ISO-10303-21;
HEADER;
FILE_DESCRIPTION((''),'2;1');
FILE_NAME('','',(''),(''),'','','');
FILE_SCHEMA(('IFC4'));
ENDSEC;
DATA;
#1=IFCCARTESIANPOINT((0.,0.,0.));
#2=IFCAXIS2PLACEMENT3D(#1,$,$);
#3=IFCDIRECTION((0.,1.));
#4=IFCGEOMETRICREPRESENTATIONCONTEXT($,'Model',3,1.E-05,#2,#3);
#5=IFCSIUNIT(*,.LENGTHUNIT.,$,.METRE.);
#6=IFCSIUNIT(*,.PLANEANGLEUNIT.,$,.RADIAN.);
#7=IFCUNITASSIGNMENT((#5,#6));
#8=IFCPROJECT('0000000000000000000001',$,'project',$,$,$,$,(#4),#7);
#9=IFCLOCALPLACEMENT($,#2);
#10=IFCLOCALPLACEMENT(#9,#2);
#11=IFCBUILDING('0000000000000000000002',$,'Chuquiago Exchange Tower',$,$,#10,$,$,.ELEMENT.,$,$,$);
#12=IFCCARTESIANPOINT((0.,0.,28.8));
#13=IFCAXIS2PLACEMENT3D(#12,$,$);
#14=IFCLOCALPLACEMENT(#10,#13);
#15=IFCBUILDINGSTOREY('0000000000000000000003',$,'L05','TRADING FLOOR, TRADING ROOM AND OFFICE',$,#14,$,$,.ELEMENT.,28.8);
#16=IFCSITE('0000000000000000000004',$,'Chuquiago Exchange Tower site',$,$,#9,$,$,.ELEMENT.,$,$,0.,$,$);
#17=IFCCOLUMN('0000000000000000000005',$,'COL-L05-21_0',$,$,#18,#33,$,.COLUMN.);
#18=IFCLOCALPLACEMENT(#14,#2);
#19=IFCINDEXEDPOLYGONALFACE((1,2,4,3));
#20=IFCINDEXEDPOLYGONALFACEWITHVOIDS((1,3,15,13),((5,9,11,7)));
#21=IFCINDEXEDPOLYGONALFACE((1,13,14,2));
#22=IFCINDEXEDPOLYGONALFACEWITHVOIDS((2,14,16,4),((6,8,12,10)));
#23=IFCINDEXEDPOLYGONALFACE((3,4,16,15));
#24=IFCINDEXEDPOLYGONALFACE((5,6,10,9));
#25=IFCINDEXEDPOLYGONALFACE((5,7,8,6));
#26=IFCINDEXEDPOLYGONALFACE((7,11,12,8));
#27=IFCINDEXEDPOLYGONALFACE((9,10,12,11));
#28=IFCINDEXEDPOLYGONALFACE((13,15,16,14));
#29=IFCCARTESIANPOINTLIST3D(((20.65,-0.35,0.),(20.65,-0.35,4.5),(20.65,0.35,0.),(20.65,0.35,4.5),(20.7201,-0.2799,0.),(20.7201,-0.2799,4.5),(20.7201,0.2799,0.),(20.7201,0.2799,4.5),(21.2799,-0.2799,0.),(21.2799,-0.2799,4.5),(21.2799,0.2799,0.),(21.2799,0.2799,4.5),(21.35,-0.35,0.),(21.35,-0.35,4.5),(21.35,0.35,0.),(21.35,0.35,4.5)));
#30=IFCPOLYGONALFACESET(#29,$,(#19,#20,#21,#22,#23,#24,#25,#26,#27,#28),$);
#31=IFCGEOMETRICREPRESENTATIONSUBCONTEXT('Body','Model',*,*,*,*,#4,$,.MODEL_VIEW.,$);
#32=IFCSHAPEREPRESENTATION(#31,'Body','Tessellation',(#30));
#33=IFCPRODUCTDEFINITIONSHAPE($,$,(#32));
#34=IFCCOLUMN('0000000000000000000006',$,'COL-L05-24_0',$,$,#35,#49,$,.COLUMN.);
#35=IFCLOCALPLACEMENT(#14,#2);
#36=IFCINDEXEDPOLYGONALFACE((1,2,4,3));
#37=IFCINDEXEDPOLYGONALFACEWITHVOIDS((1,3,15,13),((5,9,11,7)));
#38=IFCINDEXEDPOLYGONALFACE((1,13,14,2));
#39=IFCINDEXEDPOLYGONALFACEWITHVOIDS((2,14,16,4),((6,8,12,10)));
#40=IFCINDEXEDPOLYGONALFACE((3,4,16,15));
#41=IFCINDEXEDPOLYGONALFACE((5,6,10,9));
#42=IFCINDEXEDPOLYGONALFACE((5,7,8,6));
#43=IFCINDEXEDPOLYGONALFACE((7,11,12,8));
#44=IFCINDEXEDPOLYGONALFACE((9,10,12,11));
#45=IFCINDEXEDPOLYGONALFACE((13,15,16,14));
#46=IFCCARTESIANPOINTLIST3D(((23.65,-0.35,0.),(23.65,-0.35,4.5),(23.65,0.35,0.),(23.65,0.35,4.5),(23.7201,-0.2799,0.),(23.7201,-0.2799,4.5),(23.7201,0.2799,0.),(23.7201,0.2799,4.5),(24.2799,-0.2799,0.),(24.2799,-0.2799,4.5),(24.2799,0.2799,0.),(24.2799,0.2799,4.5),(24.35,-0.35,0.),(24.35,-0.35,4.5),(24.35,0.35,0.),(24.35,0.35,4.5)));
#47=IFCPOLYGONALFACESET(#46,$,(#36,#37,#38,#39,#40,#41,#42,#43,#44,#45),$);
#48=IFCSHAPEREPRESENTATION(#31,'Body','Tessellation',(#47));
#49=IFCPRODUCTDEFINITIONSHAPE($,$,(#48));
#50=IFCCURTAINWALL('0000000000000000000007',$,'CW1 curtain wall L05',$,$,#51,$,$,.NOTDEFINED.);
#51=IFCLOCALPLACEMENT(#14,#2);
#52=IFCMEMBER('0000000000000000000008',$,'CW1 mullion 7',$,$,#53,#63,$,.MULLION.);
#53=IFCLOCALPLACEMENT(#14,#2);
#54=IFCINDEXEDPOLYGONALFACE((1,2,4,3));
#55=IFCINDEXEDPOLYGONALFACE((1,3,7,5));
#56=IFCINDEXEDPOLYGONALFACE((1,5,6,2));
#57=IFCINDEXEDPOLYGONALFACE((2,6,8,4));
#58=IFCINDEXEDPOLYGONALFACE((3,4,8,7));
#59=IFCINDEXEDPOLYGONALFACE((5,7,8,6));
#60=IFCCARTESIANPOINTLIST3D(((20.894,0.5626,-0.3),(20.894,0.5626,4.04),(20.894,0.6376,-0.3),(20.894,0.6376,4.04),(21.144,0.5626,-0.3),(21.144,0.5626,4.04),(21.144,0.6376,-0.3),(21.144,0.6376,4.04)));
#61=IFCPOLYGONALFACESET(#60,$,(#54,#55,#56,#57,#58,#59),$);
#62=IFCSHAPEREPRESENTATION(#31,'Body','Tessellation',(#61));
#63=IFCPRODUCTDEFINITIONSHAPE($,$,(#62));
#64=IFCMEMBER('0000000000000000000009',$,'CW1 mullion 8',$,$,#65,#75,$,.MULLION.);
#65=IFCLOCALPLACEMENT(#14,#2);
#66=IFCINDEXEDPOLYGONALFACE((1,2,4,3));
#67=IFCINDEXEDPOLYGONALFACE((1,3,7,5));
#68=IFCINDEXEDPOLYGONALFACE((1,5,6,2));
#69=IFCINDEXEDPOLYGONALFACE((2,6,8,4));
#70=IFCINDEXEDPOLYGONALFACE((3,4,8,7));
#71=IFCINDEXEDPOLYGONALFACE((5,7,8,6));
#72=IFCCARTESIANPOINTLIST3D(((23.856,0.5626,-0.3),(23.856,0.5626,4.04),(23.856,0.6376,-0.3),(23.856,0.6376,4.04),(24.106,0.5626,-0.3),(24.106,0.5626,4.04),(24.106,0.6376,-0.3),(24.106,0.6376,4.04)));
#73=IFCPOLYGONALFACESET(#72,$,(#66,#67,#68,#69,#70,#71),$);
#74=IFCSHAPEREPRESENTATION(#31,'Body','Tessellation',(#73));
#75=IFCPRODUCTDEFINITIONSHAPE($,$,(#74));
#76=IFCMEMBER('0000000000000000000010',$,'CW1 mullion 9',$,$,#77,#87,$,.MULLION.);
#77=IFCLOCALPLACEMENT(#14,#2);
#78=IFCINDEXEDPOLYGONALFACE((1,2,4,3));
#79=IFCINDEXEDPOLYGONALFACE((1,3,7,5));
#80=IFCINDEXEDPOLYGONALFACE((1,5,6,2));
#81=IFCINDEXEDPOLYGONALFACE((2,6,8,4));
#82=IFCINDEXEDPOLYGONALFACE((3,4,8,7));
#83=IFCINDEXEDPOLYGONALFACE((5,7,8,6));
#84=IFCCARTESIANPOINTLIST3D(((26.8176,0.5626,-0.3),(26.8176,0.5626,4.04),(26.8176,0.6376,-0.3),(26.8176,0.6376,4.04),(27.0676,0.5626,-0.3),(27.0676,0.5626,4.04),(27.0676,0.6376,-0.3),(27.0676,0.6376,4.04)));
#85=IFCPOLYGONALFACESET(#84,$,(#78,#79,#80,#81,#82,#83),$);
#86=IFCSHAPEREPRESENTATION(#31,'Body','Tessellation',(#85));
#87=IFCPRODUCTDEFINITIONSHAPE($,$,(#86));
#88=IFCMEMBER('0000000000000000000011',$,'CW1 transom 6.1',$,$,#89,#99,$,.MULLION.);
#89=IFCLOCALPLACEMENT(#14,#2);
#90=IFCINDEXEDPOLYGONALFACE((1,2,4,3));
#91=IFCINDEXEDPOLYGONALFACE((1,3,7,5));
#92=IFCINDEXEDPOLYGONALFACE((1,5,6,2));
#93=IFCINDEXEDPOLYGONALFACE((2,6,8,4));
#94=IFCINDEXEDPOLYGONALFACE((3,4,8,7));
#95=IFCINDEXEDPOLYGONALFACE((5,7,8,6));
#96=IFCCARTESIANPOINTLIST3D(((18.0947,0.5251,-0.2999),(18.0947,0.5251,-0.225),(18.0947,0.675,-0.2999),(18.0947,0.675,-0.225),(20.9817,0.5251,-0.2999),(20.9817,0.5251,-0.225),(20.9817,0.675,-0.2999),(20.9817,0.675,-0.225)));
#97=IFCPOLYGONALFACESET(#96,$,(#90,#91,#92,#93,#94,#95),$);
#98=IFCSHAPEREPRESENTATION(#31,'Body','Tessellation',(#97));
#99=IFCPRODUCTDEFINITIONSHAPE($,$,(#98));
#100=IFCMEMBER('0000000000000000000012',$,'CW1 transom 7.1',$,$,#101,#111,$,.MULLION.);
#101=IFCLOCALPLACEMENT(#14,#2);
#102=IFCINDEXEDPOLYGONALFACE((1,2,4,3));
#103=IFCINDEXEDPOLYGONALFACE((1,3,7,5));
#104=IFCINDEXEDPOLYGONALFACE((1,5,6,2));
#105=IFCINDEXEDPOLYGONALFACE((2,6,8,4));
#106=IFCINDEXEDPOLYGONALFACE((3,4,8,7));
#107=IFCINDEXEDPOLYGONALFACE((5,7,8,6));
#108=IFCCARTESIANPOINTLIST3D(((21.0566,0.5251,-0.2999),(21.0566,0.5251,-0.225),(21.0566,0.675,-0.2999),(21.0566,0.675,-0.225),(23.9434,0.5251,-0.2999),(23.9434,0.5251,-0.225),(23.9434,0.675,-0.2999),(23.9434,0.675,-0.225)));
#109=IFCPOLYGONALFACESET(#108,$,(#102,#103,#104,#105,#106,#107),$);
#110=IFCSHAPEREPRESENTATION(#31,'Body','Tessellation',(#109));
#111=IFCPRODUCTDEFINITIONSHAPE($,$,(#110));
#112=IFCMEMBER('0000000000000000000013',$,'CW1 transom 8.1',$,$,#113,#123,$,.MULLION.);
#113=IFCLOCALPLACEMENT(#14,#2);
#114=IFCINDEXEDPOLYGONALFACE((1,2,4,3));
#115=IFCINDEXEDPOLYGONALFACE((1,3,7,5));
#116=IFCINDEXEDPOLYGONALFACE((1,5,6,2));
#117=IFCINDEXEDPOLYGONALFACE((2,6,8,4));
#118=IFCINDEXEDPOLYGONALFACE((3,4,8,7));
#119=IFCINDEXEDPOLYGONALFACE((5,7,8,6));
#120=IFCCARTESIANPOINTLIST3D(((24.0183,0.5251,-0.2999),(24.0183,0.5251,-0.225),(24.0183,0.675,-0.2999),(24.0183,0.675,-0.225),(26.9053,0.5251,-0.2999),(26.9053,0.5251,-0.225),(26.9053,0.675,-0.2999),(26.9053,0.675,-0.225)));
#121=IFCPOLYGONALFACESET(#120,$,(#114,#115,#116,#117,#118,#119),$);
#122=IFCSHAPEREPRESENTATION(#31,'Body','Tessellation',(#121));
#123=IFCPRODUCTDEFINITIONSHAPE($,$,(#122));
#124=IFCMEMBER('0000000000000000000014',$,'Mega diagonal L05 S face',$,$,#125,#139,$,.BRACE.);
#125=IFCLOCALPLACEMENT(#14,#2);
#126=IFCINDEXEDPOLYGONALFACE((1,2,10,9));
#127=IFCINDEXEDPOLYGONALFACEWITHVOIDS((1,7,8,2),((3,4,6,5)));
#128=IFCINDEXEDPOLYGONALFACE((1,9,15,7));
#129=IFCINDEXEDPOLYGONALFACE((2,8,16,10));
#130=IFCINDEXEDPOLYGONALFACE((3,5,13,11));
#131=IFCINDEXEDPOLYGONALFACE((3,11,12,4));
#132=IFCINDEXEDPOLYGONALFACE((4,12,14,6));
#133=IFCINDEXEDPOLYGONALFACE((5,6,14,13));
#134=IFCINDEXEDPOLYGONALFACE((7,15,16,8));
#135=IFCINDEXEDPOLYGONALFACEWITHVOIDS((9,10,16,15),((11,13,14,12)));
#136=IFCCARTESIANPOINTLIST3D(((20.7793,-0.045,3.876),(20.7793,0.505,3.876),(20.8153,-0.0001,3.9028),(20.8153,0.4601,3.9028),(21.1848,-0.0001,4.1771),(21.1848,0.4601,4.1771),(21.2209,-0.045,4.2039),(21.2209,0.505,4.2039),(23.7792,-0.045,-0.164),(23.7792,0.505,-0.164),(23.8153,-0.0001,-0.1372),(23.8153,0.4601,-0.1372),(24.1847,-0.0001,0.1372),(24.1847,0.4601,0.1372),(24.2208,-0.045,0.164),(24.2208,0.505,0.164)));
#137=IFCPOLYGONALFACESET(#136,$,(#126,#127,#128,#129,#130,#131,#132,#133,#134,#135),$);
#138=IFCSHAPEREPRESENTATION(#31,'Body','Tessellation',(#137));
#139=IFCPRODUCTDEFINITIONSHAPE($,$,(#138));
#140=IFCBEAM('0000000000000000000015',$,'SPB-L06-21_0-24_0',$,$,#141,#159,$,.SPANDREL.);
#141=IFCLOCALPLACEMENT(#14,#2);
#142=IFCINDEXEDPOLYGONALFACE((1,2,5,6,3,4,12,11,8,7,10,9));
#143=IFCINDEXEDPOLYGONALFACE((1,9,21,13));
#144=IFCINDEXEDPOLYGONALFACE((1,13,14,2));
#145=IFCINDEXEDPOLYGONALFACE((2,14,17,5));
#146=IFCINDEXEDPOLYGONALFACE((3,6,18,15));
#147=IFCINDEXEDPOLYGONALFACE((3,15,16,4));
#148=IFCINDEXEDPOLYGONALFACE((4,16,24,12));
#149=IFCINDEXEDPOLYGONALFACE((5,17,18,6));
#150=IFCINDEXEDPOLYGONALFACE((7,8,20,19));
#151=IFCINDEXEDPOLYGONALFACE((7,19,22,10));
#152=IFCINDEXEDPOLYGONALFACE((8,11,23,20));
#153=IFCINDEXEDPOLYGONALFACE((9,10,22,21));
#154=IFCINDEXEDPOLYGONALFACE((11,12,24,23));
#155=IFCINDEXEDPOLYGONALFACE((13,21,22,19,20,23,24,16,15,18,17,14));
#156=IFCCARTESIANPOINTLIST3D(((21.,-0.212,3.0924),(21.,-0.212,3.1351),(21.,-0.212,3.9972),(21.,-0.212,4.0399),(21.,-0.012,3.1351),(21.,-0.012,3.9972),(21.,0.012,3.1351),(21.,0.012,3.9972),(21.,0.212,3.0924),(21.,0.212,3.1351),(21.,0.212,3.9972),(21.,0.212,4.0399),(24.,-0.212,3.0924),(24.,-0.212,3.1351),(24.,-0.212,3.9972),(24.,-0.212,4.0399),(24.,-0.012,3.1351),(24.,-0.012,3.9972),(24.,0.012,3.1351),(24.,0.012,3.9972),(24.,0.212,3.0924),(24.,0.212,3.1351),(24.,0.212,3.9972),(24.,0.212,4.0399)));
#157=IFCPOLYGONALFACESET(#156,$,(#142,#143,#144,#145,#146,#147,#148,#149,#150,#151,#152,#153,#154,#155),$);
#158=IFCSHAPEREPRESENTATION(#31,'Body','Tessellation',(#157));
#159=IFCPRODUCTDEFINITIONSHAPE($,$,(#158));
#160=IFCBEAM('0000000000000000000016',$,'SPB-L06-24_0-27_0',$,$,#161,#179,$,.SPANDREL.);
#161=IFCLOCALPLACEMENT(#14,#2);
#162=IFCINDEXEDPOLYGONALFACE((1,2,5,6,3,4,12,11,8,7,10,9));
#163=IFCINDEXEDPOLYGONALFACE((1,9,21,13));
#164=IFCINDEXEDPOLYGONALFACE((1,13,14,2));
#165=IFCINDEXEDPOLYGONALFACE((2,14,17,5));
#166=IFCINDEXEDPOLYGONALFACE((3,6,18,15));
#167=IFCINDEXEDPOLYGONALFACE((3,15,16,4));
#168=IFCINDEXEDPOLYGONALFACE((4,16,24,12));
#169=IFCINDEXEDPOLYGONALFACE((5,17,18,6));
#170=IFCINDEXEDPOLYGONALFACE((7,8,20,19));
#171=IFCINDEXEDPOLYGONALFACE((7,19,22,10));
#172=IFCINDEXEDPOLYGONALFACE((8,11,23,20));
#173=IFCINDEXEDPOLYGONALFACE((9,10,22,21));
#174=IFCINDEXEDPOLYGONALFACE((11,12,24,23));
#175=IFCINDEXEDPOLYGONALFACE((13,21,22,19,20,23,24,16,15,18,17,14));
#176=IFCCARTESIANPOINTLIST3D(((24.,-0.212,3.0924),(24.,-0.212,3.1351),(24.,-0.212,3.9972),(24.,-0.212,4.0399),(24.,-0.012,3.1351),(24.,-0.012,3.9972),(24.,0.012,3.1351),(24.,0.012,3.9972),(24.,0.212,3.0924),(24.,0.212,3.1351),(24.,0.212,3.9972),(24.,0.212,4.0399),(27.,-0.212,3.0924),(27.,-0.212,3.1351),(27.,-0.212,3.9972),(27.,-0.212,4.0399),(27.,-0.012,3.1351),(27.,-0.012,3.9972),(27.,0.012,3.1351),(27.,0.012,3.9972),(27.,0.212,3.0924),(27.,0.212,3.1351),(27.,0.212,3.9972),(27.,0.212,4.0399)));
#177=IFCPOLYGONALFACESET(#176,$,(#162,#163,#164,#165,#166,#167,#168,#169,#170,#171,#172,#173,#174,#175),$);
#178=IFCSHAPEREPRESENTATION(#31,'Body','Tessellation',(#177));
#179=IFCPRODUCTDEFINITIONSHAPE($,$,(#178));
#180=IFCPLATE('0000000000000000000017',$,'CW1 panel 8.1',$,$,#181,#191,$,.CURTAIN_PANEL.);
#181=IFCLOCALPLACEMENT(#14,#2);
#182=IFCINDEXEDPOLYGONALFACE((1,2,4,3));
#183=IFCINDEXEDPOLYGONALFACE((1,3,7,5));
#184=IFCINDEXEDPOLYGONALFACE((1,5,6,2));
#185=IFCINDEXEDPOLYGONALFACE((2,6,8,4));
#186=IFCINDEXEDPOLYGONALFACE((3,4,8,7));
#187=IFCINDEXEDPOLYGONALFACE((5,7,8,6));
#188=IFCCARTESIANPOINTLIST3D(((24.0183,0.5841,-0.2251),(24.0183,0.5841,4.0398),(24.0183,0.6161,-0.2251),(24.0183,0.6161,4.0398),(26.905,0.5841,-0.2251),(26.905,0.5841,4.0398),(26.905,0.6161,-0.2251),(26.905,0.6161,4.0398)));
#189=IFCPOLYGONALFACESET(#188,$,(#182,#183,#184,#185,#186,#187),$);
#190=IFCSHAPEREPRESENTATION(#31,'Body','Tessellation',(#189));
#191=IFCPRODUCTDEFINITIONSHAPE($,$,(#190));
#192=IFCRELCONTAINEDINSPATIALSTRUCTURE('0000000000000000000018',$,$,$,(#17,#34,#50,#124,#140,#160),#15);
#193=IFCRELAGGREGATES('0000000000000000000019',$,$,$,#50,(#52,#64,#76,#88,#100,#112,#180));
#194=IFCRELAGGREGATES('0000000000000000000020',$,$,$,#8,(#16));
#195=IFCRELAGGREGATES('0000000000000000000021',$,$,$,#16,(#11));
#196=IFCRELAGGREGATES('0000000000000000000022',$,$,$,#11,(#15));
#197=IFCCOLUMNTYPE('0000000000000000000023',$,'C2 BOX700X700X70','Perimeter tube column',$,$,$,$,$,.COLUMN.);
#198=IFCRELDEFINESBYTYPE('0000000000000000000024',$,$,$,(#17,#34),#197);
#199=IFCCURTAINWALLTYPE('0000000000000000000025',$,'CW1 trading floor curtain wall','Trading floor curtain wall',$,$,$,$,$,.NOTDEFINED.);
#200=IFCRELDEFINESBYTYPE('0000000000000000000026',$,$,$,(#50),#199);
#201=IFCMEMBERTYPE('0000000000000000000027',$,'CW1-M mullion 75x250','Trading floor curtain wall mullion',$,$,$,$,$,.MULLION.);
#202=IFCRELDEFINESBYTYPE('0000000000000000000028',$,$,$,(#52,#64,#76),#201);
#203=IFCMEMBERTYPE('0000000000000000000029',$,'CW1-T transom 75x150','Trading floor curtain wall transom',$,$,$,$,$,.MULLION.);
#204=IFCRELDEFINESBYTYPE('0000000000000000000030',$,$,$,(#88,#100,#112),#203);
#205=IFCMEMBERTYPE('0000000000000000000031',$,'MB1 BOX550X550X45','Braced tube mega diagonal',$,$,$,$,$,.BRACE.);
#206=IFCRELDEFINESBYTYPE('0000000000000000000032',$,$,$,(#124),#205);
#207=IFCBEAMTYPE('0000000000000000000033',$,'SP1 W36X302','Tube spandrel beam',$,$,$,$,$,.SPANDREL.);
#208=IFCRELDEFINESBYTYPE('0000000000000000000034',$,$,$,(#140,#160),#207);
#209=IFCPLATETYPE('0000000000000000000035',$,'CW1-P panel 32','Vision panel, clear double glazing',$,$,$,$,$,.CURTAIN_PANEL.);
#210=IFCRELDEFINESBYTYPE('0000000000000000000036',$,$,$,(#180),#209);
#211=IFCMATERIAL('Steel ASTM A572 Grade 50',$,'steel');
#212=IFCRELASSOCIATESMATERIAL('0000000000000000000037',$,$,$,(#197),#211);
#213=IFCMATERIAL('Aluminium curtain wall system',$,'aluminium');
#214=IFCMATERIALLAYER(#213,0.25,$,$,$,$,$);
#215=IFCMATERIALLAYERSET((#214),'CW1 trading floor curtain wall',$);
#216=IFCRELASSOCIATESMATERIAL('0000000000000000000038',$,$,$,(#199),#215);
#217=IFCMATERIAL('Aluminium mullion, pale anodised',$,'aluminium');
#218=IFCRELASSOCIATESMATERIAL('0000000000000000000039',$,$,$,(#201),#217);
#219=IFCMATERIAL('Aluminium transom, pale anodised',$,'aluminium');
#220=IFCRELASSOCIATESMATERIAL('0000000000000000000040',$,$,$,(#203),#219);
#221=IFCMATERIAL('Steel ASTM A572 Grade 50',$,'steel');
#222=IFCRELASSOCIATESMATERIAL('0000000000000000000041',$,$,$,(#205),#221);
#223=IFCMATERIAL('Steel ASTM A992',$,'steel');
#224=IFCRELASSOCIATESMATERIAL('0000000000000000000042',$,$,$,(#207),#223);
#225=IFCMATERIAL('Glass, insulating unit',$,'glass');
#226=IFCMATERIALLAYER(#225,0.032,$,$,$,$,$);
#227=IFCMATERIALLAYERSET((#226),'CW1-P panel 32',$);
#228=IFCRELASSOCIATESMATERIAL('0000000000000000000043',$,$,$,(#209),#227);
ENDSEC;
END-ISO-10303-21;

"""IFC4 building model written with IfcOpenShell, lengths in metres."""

from ifc_helpers import new_model, si_unit, direction, frame, origin, origin_2d, place, context, subcontext, project, spatial, rectangle, hollow_rectangle, i_section, extrude, material, layer, layer_set, material_profile, profile_set, type_object, element, aggregate, save


model = new_model("IFC4")

# Units and contexts
model_context = context("Model", 3, precision=1e-05, world=origin(), true_north=direction((0.0, 1.0)))
body_context = subcontext(model_context, "Body", "Model", "MODEL_VIEW")
ifc_project = project(units=[si_unit("LENGTHUNIT", "METRE"), si_unit("PLANEANGLEUNIT", "RADIAN")], contexts=[model_context])

# Site, building, storey
site_placement = place(None, origin())
site = spatial("IfcSite", under=ifc_project, at=site_placement, Name="Chuquiago Exchange Tower site", CompositionType="ELEMENT", RefElevation=0.0)
building_placement = place(site_placement, origin())
building = spatial("IfcBuilding", under=site, at=building_placement, Name="Chuquiago Exchange Tower", CompositionType="ELEMENT")
storey_placement = place(building_placement, frame((0.0, 0.0, 28.8)))
storey = spatial("IfcBuildingStorey", under=building, at=storey_placement, Name="L05", Description="TRADING FLOOR, TRADING ROOM AND OFFICE", CompositionType="ELEMENT", Elevation=28.8)

# Columns
ifc_material_1 = material(Name="Steel ASTM A572 Grade 50", Category="steel")
ifc_material_profile_1 = material_profile(ifc_material_1, hollow_rectangle(XDim=0.7, YDim=0.7, WallThickness=0.0701, at=origin_2d()), Name="BOX700X700X70")
ifc_profile_set_1 = profile_set([ifc_material_profile_1], Name="Steel ASTM A572 Grade 50")
column_type = type_object("IfcColumnType", Name="C2 BOX700X700X70", Description="Perimeter tube column", PredefinedType="COLUMN", material=ifc_profile_set_1)
for number, where, z_axis, x_axis, name in (
    (1, (21.0, 0.0, 0.0), (0.0, 0.0, 1.0), (0.0, -1.0, 0.0), "COL-L05-21_0"),
    (2, (24.0, 0.0, 0.0), (0.0, 0.0, 1.0), (0.0, -1.0, 0.0), "COL-L05-24_0"),
):
    element("IfcColumn", number, at=place(storey_placement, frame(where, z_axis=z_axis, x_axis=x_axis)), inside=storey, type_object=column_type, Name=name, PredefinedType="COLUMN", context=body_context, shape_type="SweptSolid", body=[
        extrude(hollow_rectangle(XDim=0.7, YDim=0.7, WallThickness=0.0701, at=origin_2d()), origin(), (0.0, 0.0, 1.0), 4.5),
    ])

# Curtain wall, members
ifc_material_2 = material(Name="Aluminium curtain wall system", Category="aluminium")
ifc_layer_1 = layer(ifc_material_2, 0.25)
ifc_layer_set_1 = layer_set([ifc_layer_1], Name="CW1 trading floor curtain wall")
curtain_wall_type = type_object("IfcCurtainWallType", Name="CW1 trading floor curtain wall", Description="Trading floor curtain wall", PredefinedType="NOTDEFINED", material=ifc_layer_set_1)
curtain_wall_placement = place(storey_placement, origin())
curtain_wall = element("IfcCurtainWall", 3, at=curtain_wall_placement, inside=storey, type_object=curtain_wall_type, Name="CW1 curtain wall L05", PredefinedType="NOTDEFINED")
ifc_material_3 = material(Name="Aluminium mullion, pale anodised", Category="aluminium")
ifc_material_profile_2 = material_profile(ifc_material_3, rectangle(XDim=0.075, YDim=0.25, at=origin_2d()), Name="AL 75x250")
ifc_profile_set_2 = profile_set([ifc_material_profile_2], Name="Aluminium mullion, pale anodised")
member_type_1 = type_object("IfcMemberType", Name="CW1-M mullion 75x250", Description="Trading floor curtain wall mullion", PredefinedType="MULLION", material=ifc_profile_set_2)
member_1_placement = place(storey_placement, frame((21.019, 0.6001, -0.3), z_axis=(0.0, 0.0, 1.0), x_axis=(0.0, 1.0, 0.0)))
member_1 = element("IfcMember", 4, at=member_1_placement, type_object=member_type_1, Name="CW1 mullion 7", PredefinedType="MULLION", context=body_context, shape_type="SweptSolid", body=[
    extrude(rectangle(XDim=0.075, YDim=0.25, at=origin_2d()), origin(), (0.0, 0.0, 1.0), 4.3401),
])
member_2_placement = place(storey_placement, frame((23.981, 0.6001, -0.3), z_axis=(0.0, 0.0, 1.0), x_axis=(0.0, 1.0, 0.0)))
member_2 = element("IfcMember", 5, at=member_2_placement, type_object=member_type_1, Name="CW1 mullion 8", PredefinedType="MULLION", context=body_context, shape_type="SweptSolid", body=[
    extrude(rectangle(XDim=0.075, YDim=0.25, at=origin_2d()), origin(), (0.0, 0.0, 1.0), 4.3401),
])
member_3_placement = place(storey_placement, frame((26.9426, 0.6001, -0.3), z_axis=(0.0, 0.0, 1.0), x_axis=(0.0, 1.0, 0.0)))
member_3 = element("IfcMember", 6, at=member_3_placement, type_object=member_type_1, Name="CW1 mullion 9", PredefinedType="MULLION", context=body_context, shape_type="SweptSolid", body=[
    extrude(rectangle(XDim=0.075, YDim=0.25, at=origin_2d()), origin(), (0.0, 0.0, 1.0), 4.3401),
])
ifc_material_4 = material(Name="Aluminium transom, pale anodised", Category="aluminium")
ifc_material_profile_3 = material_profile(ifc_material_4, rectangle(XDim=0.1499, YDim=0.075, at=origin_2d()), Name="AL 150x75")
ifc_profile_set_3 = profile_set([ifc_material_profile_3], Name="Aluminium transom, pale anodised")
member_type_2 = type_object("IfcMemberType", Name="CW1-T transom 75x150", Description="Trading floor curtain wall transom", PredefinedType="MULLION", material=ifc_profile_set_3)
member_4_placement = place(storey_placement, frame((18.0947, 0.6001, -0.2625), z_axis=(1.0, 0.0, 0.0), x_axis=(0.0, 1.0, 0.0)))
member_4 = element("IfcMember", 7, at=member_4_placement, type_object=member_type_2, Name="CW1 transom 6.1", PredefinedType="MULLION", context=body_context, shape_type="SweptSolid", body=[
    extrude(rectangle(XDim=0.1499, YDim=0.075, at=origin_2d()), origin(), (0.0, 0.0, 1.0), 2.887),
])
member_5_placement = place(storey_placement, frame((21.0566, 0.6001, -0.2625), z_axis=(1.0, 0.0, 0.0), x_axis=(0.0, 1.0, 0.0)))
member_5 = element("IfcMember", 8, at=member_5_placement, type_object=member_type_2, Name="CW1 transom 7.1", PredefinedType="MULLION", context=body_context, shape_type="SweptSolid", body=[
    extrude(rectangle(XDim=0.1499, YDim=0.075, at=origin_2d()), origin(), (0.0, 0.0, 1.0), 2.8867),
])
member_6_placement = place(storey_placement, frame((24.0183, 0.6001, -0.2625), z_axis=(1.0, 0.0, 0.0), x_axis=(0.0, 1.0, 0.0)))
member_6 = element("IfcMember", 9, at=member_6_placement, type_object=member_type_2, Name="CW1 transom 8.1", PredefinedType="MULLION", context=body_context, shape_type="SweptSolid", body=[
    extrude(rectangle(XDim=0.1499, YDim=0.075, at=origin_2d()), origin(), (0.0, 0.0, 1.0), 2.887),
])

# Member
ifc_material_5 = material(Name="Steel ASTM A572 Grade 50", Category="steel")
ifc_material_profile_4 = material_profile(ifc_material_5, hollow_rectangle(XDim=0.55, YDim=0.55, WallThickness=0.0449, at=origin_2d()), Name="BOX550X550X45")
ifc_profile_set_4 = profile_set([ifc_material_profile_4], Name="Steel ASTM A572 Grade 50")
member_type_3 = type_object("IfcMemberType", Name="MB1 BOX550X550X45", Description="Braced tube mega diagonal", PredefinedType="BRACE", material=ifc_profile_set_4)
member_7_placement = place(storey_placement, frame((24.0, 0.23, 0.0), z_axis=(-0.596174, 0.0, 0.802855), x_axis=(0.0, -1.0, 0.0)))
element("IfcMember", 10, at=member_7_placement, inside=storey, type_object=member_type_3, Name="Mega diagonal L05 S face", PredefinedType="BRACE", context=body_context, shape_type="SweptSolid", body=[
    extrude(hollow_rectangle(XDim=0.55, YDim=0.55, WallThickness=0.0449, at=origin_2d()), origin(), (0.0, 0.0, 1.0), 5.032),
])

# Beams
ifc_material_6 = material(Name="Steel ASTM A992", Category="steel")
ifc_material_profile_5 = material_profile(ifc_material_6, i_section(OverallWidth=0.4241, OverallDepth=0.9475, WebThickness=0.0239, FlangeThickness=0.0427, at=origin_2d()), Name="W36X302")
ifc_profile_set_5 = profile_set([ifc_material_profile_5], Name="Steel ASTM A992")
beam_type = type_object("IfcBeamType", Name="SP1 W36X302", Description="Tube spandrel beam", PredefinedType="SPANDREL", material=ifc_profile_set_5)
for number, where, z_axis, x_axis, name in (
    (11, (21.0, 0.0, 3.5662), (1.0, 0.0, 0.0), (0.0, 1.0, 0.0), "SPB-L06-21_0-24_0"),
    (12, (24.0, 0.0, 3.5662), (1.0, 0.0, 0.0), (0.0, 1.0, 0.0), "SPB-L06-24_0-27_0"),
):
    element("IfcBeam", number, at=place(storey_placement, frame(where, z_axis=z_axis, x_axis=x_axis)), inside=storey, type_object=beam_type, Name=name, PredefinedType="SPANDREL", context=body_context, shape_type="SweptSolid", body=[
        extrude(i_section(OverallWidth=0.4241, OverallDepth=0.9475, WebThickness=0.0239, FlangeThickness=0.0427, at=origin_2d()), origin(), (0.0, 0.0, 1.0), 3.0),
    ])

# Plate
ifc_material_7 = material(Name="Glass, insulating unit", Category="glass")
ifc_layer_2 = layer(ifc_material_7, 0.032)
ifc_layer_set_2 = layer_set([ifc_layer_2], Name="CW1-P panel 32")
plate_type_1 = type_object("IfcPlateType", Name="CW1-P panel 32", Description="Vision panel, clear double glazing", PredefinedType="CURTAIN_PANEL", material=ifc_layer_set_2)
plate_1_placement = place(storey_placement, frame((25.4617, 0.6001, -0.2251), z_axis=(0.0, 0.0, 1.0), x_axis=(1.0, 0.0, 0.0)))
plate_1 = element("IfcPlate", 13, at=plate_1_placement, type_object=plate_type_1, Name="CW1 panel 8.1", PredefinedType="CURTAIN_PANEL", context=body_context, shape_type="SweptSolid", body=[
    extrude(rectangle(XDim=2.8867, YDim=0.032, at=origin_2d()), origin(), (0.0, 0.0, 1.0), 4.2649),
])
aggregate(curtain_wall, [member_1, member_2, member_3, member_4, member_5, member_6, plate_1])

save(model, "model.ifc")
